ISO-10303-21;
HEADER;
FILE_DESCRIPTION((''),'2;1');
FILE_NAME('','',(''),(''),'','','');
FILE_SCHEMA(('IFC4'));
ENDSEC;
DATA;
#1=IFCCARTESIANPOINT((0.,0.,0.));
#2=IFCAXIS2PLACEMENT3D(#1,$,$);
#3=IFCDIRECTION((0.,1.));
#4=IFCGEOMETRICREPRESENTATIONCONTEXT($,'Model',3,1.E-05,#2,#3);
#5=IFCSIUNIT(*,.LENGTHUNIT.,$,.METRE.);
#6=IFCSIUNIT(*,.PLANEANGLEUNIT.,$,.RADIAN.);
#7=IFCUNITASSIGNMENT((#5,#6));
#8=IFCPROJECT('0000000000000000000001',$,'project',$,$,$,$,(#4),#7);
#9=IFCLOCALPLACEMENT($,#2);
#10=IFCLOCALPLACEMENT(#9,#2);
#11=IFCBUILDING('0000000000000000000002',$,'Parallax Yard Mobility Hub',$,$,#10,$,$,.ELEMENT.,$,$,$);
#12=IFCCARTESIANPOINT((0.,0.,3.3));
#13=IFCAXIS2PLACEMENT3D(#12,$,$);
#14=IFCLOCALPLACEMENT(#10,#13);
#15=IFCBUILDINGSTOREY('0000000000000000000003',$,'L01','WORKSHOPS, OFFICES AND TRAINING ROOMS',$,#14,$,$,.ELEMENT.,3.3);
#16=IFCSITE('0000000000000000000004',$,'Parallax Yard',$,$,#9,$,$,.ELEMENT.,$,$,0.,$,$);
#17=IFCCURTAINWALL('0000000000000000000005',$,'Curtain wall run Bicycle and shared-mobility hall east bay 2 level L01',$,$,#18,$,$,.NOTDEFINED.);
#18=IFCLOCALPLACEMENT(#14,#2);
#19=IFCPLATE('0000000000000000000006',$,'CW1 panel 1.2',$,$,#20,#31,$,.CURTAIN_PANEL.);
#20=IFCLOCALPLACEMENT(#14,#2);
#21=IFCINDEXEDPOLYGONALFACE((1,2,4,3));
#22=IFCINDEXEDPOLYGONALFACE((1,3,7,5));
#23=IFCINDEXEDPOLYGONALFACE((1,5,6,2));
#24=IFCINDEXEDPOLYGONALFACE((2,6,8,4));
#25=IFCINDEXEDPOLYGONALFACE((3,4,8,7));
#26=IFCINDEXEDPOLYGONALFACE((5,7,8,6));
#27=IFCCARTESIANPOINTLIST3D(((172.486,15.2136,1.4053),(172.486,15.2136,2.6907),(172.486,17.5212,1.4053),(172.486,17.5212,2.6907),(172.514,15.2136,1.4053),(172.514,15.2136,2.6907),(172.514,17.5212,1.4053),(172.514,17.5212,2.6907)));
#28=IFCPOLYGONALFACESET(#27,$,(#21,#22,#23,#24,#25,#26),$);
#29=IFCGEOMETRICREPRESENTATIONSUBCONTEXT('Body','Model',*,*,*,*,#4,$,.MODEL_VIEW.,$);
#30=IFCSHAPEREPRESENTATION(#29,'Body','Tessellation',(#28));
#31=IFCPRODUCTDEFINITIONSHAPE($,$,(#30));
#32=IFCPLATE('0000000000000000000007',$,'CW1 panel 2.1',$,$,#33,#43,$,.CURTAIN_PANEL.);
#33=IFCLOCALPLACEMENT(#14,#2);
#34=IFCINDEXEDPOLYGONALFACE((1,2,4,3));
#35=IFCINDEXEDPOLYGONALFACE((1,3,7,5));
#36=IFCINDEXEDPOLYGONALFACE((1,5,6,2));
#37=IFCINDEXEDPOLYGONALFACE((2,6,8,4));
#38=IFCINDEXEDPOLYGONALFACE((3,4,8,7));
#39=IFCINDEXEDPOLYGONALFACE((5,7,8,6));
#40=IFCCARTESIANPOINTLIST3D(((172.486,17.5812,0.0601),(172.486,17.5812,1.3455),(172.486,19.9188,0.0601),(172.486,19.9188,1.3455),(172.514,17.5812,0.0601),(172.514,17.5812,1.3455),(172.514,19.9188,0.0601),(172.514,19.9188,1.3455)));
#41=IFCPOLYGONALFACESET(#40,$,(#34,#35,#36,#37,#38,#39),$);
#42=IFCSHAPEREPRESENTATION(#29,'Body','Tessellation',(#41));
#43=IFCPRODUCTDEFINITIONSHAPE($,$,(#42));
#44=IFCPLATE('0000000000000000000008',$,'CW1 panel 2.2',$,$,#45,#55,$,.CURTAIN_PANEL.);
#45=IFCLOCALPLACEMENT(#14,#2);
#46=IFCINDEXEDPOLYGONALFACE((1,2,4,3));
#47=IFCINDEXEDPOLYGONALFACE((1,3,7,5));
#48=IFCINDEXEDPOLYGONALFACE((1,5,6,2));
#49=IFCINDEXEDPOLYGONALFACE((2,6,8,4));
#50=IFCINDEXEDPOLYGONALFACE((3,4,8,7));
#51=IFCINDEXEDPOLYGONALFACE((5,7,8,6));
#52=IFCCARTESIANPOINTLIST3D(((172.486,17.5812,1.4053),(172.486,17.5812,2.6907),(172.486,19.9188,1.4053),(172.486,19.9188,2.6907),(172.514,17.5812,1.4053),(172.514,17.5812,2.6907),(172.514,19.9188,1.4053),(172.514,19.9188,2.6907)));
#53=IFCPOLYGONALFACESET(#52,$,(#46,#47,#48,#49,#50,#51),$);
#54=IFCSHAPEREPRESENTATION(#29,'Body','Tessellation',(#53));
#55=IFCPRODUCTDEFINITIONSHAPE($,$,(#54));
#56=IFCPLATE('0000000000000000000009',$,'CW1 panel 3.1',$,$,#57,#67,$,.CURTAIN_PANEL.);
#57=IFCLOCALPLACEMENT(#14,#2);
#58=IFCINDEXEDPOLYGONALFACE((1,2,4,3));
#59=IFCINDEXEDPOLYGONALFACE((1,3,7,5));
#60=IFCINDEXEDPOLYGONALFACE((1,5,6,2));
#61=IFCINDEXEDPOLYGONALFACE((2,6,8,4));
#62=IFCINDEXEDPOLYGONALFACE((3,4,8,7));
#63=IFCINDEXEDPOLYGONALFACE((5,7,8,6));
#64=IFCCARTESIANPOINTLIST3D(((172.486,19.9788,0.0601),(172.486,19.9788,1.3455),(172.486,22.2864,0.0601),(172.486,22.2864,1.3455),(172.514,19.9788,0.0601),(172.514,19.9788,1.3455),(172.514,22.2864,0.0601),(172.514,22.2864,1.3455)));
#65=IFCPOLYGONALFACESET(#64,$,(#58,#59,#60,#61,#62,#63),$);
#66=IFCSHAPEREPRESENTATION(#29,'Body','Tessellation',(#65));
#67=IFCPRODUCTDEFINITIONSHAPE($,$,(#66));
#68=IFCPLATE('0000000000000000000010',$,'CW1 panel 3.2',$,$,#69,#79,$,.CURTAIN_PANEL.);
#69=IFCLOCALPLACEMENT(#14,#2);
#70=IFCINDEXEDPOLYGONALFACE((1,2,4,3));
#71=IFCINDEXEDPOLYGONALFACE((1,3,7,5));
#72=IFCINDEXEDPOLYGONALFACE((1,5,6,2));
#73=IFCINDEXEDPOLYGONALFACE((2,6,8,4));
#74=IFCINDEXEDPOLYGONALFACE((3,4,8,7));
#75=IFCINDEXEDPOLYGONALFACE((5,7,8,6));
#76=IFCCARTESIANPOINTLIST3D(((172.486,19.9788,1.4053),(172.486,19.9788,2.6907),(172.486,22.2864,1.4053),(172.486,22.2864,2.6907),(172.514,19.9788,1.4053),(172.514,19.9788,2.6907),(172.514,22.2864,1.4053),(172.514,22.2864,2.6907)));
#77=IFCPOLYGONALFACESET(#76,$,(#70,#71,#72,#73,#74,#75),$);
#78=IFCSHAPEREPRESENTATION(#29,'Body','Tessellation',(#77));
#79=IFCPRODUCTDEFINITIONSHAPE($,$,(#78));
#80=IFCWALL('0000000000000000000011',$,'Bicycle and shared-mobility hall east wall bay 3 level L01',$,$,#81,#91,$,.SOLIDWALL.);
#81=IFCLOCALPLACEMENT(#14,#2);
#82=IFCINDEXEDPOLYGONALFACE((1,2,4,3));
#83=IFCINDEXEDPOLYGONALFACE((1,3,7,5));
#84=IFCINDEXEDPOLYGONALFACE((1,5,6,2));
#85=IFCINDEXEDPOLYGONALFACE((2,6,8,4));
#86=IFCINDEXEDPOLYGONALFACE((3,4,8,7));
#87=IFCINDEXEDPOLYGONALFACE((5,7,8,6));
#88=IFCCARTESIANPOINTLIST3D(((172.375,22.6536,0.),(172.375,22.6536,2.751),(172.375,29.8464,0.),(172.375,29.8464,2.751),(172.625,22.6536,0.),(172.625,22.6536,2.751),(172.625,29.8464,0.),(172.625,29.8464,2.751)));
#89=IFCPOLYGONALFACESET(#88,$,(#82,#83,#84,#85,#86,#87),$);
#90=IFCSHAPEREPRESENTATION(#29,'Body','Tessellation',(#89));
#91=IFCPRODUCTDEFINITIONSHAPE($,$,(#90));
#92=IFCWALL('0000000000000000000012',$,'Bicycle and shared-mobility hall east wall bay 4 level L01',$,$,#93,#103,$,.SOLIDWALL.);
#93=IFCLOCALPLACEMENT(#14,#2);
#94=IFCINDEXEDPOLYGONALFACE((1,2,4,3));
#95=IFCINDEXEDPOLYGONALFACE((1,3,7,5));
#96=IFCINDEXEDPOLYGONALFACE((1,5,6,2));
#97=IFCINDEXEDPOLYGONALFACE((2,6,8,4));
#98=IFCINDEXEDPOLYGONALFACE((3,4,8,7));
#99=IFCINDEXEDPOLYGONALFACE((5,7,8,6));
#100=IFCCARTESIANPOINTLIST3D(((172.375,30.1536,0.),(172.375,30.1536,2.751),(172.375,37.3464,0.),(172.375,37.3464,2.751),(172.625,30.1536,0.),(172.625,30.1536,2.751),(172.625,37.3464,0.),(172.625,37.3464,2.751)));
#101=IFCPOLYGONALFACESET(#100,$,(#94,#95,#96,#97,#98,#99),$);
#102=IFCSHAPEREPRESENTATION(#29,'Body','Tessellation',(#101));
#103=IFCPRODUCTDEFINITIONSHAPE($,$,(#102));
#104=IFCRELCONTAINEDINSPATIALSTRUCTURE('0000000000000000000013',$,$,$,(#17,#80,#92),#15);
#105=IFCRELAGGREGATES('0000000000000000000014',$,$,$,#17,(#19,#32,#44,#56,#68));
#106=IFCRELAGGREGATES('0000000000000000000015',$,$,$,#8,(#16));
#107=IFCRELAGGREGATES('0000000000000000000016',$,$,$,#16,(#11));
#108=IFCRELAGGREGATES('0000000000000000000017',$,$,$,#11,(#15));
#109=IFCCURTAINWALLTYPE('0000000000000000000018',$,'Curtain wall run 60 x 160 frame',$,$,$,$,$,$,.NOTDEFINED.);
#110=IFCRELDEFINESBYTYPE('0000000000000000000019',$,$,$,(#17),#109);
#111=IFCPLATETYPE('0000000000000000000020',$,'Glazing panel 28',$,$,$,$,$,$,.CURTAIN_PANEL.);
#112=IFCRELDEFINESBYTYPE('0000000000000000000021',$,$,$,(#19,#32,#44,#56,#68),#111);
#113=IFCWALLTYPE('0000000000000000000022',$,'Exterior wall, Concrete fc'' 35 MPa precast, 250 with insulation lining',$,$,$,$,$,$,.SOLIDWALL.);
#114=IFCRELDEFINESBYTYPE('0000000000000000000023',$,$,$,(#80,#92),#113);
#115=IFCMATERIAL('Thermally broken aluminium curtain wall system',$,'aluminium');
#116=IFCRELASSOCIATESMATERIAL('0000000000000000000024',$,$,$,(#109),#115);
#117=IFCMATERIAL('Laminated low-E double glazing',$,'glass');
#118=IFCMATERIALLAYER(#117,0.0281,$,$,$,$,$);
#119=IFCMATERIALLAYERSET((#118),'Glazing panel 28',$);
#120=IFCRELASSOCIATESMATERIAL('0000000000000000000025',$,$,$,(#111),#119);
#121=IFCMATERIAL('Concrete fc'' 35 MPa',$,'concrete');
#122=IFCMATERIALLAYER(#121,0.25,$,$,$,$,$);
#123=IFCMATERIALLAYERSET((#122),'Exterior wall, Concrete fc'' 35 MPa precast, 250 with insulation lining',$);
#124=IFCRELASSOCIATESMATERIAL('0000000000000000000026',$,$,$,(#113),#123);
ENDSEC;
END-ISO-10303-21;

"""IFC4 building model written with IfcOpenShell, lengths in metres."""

from ifc_helpers import new_model, si_unit, direction, frame, frame_2d, origin, origin_2d, place, context, subcontext, project, spatial, rectangle, extrude, material, layer, layer_set, type_object, element, aggregate, save


model = new_model("IFC4")

# Units and contexts
model_context = context("Model", 3, precision=1e-05, world=origin(), true_north=direction((0.0, 1.0)))
body_context = subcontext(model_context, "Body", "Model", "MODEL_VIEW")
ifc_project = project(units=[si_unit("LENGTHUNIT", "METRE"), si_unit("PLANEANGLEUNIT", "RADIAN")], contexts=[model_context])

# Site, building, storey
site_placement = place(None, origin())
site = spatial("IfcSite", under=ifc_project, at=site_placement, Name="Parallax Yard", CompositionType="ELEMENT", RefElevation=0.0)
building_placement = place(site_placement, origin())
building = spatial("IfcBuilding", under=site, at=building_placement, Name="Parallax Yard Mobility Hub", CompositionType="ELEMENT")
storey_placement = place(building_placement, frame((0.0, 0.0, 3.3)))
storey = spatial("IfcBuildingStorey", under=building, at=storey_placement, Name="L01", Description="WORKSHOPS, OFFICES AND TRAINING ROOMS", CompositionType="ELEMENT", Elevation=3.3)

# Shared definitions
ifc_material_1 = material(Name="Thermally broken aluminium curtain wall system", Category="aluminium")
curtain_wall_type = type_object("IfcCurtainWallType", Name="Curtain wall run 60 x 160 frame", PredefinedType="NOTDEFINED", material=ifc_material_1)

# Curtain wall
curtain_wall_1_placement = place(storey_placement, origin())
curtain_wall_1 = element("IfcCurtainWall", 1, at=curtain_wall_1_placement, inside=storey, type_object=curtain_wall_type, Name="Curtain wall run Bicycle and shared-mobility hall east bay 2 level L01", PredefinedType="NOTDEFINED")

# Plates
ifc_material_2 = material(Name="Laminated low-E double glazing", Category="glass")
ifc_layer_1 = layer(ifc_material_2, 0.0281)
ifc_layer_set_1 = layer_set([ifc_layer_1], Name="Glazing panel 28")
plate_type = type_object("IfcPlateType", Name="Glazing panel 28", PredefinedType="CURTAIN_PANEL", material=ifc_layer_set_1)
plate_1_placement = place(storey_placement, frame((172.5, 16.3674, 1.4053), z_axis=(0.0, 0.0, 1.0), x_axis=(0.0, 1.0, 0.0)))
plate_1 = element("IfcPlate", 2, at=plate_1_placement, type_object=plate_type, Name="CW1 panel 1.2", PredefinedType="CURTAIN_PANEL", context=body_context, shape_type="SweptSolid", body=[
    extrude(rectangle(XDim=2.3076, YDim=0.0281, at=origin_2d()), origin(), (0.0, 0.0, 1.0), 1.2854),
])
plate_2_placement = place(storey_placement, frame((172.5, 18.75, 0.0601), z_axis=(0.0, 0.0, 1.0), x_axis=(0.0, 1.0, 0.0)))
plate_2 = element("IfcPlate", 3, at=plate_2_placement, type_object=plate_type, Name="CW1 panel 2.1", PredefinedType="CURTAIN_PANEL", context=body_context, shape_type="SweptSolid", body=[
    extrude(rectangle(XDim=2.3376, YDim=0.0281, at=origin_2d()), origin(), (0.0, 0.0, 1.0), 1.2854),
])
plate_3_placement = place(storey_placement, frame((172.5, 18.75, 1.4053), z_axis=(0.0, 0.0, 1.0), x_axis=(0.0, 1.0, 0.0)))
plate_3 = element("IfcPlate", 4, at=plate_3_placement, type_object=plate_type, Name="CW1 panel 2.2", PredefinedType="CURTAIN_PANEL", context=body_context, shape_type="SweptSolid", body=[
    extrude(rectangle(XDim=2.3376, YDim=0.0281, at=origin_2d()), origin(), (0.0, 0.0, 1.0), 1.2854),
])
plate_4_placement = place(storey_placement, frame((172.5, 21.1326, 0.0601), z_axis=(0.0, 0.0, 1.0), x_axis=(0.0, 1.0, 0.0)))
plate_4 = element("IfcPlate", 5, at=plate_4_placement, type_object=plate_type, Name="CW1 panel 3.1", PredefinedType="CURTAIN_PANEL", context=body_context, shape_type="SweptSolid", body=[
    extrude(rectangle(XDim=2.3076, YDim=0.0281, at=origin_2d()), origin(), (0.0, 0.0, 1.0), 1.2854),
])
plate_5_placement = place(storey_placement, frame((172.5, 21.1326, 1.4053), z_axis=(0.0, 0.0, 1.0), x_axis=(0.0, 1.0, 0.0)))
plate_5 = element("IfcPlate", 6, at=plate_5_placement, type_object=plate_type, Name="CW1 panel 3.2", PredefinedType="CURTAIN_PANEL", context=body_context, shape_type="SweptSolid", body=[
    extrude(rectangle(XDim=2.3076, YDim=0.0281, at=origin_2d()), origin(), (0.0, 0.0, 1.0), 1.2854),
])
aggregate(curtain_wall_1, [plate_1, plate_2, plate_3, plate_4, plate_5])

# Walls
ifc_material_3 = material(Name="Concrete fc' 35 MPa", Category="concrete")
ifc_layer_2 = layer(ifc_material_3, 0.25)
ifc_layer_set_2 = layer_set([ifc_layer_2], Name="Exterior wall, Concrete fc' 35 MPa precast, 250 with insulation lining")
wall_type = type_object("IfcWallType", Name="Exterior wall, Concrete fc' 35 MPa precast, 250 with insulation lining", PredefinedType="SOLIDWALL", material=ifc_layer_set_2)
for number, where, z_axis, x_axis, name in (
    (7, (172.5, 22.6536, 0.0), (0.0, 0.0, 1.0), (0.0, 1.0, 0.0), "Bicycle and shared-mobility hall east wall bay 3 level L01"),
    (8, (172.5, 30.1536, 0.0), (0.0, 0.0, 1.0), (0.0, 1.0, 0.0), "Bicycle and shared-mobility hall east wall bay 4 level L01"),
):
    element("IfcWall", number, at=place(storey_placement, frame(where, z_axis=z_axis, x_axis=x_axis)), inside=storey, type_object=wall_type, Name=name, PredefinedType="SOLIDWALL", context=body_context, shape_type="SweptSolid", body=[
        extrude(rectangle(XDim=7.1929, YDim=0.25, at=frame_2d((3.5964, 0.0))), origin(), (0.0, 0.0, 1.0), 2.751),
    ])

save(model, "model.ifc")
